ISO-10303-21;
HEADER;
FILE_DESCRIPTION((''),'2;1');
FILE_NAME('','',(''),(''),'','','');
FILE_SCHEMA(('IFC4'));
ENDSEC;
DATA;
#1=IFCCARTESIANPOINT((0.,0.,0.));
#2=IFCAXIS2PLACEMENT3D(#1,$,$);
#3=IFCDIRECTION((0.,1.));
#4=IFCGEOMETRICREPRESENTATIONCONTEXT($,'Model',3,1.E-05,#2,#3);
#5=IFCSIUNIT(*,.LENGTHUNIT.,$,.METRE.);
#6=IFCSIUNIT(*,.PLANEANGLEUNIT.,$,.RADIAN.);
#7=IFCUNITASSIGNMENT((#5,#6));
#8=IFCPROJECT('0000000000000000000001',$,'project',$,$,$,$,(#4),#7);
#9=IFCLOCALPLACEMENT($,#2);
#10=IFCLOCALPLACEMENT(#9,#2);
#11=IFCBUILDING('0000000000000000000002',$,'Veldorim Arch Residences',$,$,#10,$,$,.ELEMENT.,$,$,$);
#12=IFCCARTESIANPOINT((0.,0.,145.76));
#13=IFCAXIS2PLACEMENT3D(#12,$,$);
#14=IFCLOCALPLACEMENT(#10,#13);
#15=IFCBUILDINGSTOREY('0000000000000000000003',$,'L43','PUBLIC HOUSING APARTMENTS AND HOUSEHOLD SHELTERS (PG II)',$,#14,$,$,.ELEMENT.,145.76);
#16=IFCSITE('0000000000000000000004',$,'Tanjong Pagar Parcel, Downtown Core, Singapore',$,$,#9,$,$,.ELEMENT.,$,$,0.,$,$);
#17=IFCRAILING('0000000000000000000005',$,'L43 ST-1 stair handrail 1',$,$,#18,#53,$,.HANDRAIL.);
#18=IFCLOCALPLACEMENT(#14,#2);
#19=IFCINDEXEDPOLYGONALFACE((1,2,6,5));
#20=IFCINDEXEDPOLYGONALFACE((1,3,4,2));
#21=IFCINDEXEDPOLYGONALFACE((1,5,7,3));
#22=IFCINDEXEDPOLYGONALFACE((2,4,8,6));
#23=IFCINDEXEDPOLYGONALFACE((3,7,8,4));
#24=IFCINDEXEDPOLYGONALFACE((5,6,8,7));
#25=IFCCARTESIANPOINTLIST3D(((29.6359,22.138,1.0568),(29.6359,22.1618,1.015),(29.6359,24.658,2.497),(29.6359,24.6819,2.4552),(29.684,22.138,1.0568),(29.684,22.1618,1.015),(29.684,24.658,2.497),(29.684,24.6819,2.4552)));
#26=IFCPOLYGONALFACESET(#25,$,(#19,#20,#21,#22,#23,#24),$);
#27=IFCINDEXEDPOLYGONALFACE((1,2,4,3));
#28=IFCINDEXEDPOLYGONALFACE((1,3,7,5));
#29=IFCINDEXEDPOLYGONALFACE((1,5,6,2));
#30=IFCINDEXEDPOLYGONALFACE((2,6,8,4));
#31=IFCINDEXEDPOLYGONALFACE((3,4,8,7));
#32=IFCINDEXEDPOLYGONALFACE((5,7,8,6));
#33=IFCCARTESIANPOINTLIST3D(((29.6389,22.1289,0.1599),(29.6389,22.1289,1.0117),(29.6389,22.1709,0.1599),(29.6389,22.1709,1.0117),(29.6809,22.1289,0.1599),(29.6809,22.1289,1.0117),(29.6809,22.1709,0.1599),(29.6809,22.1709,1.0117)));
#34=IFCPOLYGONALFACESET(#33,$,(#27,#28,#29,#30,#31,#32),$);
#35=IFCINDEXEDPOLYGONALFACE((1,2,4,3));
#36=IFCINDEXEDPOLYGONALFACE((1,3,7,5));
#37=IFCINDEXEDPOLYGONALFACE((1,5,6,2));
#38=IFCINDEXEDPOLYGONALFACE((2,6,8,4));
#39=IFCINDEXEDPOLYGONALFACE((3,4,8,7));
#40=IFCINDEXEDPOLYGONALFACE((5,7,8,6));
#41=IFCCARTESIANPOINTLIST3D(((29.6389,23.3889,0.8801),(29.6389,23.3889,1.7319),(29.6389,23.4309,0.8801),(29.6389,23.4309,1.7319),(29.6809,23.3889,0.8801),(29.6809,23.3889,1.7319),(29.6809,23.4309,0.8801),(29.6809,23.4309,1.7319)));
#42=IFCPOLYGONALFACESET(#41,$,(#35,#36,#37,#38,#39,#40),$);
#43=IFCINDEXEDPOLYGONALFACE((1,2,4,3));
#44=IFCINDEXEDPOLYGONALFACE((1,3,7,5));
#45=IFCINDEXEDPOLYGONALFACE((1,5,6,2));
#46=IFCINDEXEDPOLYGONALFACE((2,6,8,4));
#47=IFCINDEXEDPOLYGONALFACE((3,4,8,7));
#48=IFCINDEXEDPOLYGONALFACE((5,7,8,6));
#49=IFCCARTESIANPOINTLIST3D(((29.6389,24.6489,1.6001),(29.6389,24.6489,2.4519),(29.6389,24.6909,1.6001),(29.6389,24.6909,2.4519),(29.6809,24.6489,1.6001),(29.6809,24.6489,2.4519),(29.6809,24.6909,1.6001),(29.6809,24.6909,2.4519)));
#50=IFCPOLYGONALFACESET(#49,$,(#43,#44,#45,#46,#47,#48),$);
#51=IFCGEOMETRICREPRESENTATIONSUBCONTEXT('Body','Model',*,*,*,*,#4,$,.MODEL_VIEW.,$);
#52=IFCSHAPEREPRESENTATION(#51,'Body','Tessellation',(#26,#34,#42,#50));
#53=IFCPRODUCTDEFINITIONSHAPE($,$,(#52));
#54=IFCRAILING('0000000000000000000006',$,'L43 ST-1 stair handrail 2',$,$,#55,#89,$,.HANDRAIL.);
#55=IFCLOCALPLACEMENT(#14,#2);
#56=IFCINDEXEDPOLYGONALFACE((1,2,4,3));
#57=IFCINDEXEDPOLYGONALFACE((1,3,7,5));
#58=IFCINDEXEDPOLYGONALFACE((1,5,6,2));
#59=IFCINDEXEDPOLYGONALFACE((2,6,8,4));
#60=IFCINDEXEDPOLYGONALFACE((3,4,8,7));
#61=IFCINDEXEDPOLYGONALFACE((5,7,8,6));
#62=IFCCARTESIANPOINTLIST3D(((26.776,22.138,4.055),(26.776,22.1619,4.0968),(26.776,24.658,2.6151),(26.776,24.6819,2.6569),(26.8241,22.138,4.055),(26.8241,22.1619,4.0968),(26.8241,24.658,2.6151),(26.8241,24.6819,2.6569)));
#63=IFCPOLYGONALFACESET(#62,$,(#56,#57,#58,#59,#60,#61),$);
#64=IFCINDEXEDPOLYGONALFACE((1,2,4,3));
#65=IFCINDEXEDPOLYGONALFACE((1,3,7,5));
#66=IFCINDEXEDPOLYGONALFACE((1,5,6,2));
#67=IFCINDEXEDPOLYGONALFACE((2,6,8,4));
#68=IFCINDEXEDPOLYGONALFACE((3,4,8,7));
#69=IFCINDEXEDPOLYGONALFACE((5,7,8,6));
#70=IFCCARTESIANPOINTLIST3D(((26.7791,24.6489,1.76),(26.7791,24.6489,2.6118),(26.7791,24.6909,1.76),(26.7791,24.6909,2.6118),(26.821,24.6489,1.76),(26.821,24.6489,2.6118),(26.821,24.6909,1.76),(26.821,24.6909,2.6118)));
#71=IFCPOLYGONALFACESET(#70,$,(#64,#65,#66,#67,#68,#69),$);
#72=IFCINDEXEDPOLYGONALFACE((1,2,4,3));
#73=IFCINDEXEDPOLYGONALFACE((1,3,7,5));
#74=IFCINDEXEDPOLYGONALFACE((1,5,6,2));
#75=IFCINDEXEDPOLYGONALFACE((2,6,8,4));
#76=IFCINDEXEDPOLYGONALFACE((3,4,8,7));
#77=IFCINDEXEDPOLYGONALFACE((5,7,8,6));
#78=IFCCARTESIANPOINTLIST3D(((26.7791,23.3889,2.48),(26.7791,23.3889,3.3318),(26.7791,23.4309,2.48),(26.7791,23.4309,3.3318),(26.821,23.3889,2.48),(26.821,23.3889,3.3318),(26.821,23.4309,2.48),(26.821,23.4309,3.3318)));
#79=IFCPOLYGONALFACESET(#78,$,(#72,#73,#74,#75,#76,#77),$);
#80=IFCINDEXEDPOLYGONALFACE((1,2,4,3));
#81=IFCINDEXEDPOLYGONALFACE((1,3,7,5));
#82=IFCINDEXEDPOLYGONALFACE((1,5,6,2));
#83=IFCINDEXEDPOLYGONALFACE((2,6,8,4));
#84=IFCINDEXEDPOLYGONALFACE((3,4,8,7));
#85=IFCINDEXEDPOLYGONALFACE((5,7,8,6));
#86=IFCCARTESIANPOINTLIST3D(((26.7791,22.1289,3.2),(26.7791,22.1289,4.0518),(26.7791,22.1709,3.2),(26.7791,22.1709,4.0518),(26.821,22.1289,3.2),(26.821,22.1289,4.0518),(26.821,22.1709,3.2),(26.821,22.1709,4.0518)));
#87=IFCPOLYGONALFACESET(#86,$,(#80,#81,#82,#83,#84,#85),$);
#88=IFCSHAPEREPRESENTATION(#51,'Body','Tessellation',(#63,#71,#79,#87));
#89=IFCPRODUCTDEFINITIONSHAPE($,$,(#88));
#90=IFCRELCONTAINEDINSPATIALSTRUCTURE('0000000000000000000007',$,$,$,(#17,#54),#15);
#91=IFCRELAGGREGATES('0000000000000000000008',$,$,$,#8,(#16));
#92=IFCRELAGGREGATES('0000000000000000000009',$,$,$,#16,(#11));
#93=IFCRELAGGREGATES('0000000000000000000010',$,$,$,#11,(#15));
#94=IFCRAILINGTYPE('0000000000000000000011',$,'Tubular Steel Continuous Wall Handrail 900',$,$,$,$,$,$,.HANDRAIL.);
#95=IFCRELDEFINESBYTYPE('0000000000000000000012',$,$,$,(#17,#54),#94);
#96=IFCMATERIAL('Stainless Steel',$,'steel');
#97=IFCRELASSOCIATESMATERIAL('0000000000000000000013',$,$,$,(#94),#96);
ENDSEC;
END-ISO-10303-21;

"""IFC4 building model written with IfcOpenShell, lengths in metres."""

from ifc_helpers import new_model, si_unit, direction, frame, origin, origin_2d, place, context, subcontext, project, spatial, rectangle, extrude, material, type_object, element, save


model = new_model("IFC4")

# Units and contexts
model_context = context("Model", 3, precision=1e-05, world=origin(), true_north=direction((0.0, 1.0)))
body_context = subcontext(model_context, "Body", "Model", "MODEL_VIEW")
ifc_project = project(units=[si_unit("LENGTHUNIT", "METRE"), si_unit("PLANEANGLEUNIT", "RADIAN")], contexts=[model_context])

# Site, building, storey
site_placement = place(None, origin())
site = spatial("IfcSite", under=ifc_project, at=site_placement, Name="Tanjong Pagar Parcel, Downtown Core, Singapore", CompositionType="ELEMENT", RefElevation=0.0)
building_placement = place(site_placement, origin())
building = spatial("IfcBuilding", under=site, at=building_placement, Name="Veldorim Arch Residences", CompositionType="ELEMENT")
storey_placement = place(building_placement, frame((0.0, 0.0, 145.76)))
storey = spatial("IfcBuildingStorey", under=building, at=storey_placement, Name="L43", Description="PUBLIC HOUSING APARTMENTS AND HOUSEHOLD SHELTERS (PG II)", CompositionType="ELEMENT", Elevation=145.76)

# Railings
ifc_material_1 = material(Name="Stainless Steel", Category="steel")
railing_type_1 = type_object("IfcRailingType", Name="Tubular Steel Continuous Wall Handrail 900", PredefinedType="HANDRAIL", material=ifc_material_1)
railing_1_placement = place(storey_placement, frame((29.6599, 22.1499, 0.1599)))
element("IfcRailing", 1, at=railing_1_placement, inside=storey, type_object=railing_type_1, Name="L43 ST-1 stair handrail 1", PredefinedType="HANDRAIL", context=body_context, shape_type="SweptSolid", body=[
    extrude(rectangle(XDim=0.0481, YDim=0.0481, at=origin_2d()), frame((0.0, 0.0, 0.876), z_axis=(0.0, 0.868217, 0.496184), x_axis=(-1.0, 0.0, 0.0)), (0.0, 0.0, 1.0), 2.9026),
    extrude(rectangle(XDim=0.042, YDim=0.042, at=origin_2d()), origin(), (0.0, 0.0, 1.0), 0.8518),
    extrude(rectangle(XDim=0.042, YDim=0.042, at=origin_2d()), frame((0.0, 1.26, 0.7202)), (0.0, 0.0, 1.0), 0.8518),
    extrude(rectangle(XDim=0.042, YDim=0.042, at=origin_2d()), frame((0.0, 2.52, 1.4402)), (0.0, 0.0, 1.0), 0.8518),
])
railing_2_placement = place(storey_placement, frame((26.8, 24.6699, 1.76)))
element("IfcRailing", 2, at=railing_2_placement, inside=storey, type_object=railing_type_1, Name="L43 ST-1 stair handrail 2", PredefinedType="HANDRAIL", context=body_context, shape_type="SweptSolid", body=[
    extrude(rectangle(XDim=0.0481, YDim=0.0481, at=origin_2d()), frame((0.0, 0.0, 0.876), z_axis=(0.0, -0.868253, 0.496121), x_axis=(1.0, 0.0, 0.0)), (0.0, 0.0, 1.0), 2.9023),
    extrude(rectangle(XDim=0.042, YDim=0.042, at=origin_2d()), origin(), (0.0, 0.0, 1.0), 0.8518),
    extrude(rectangle(XDim=0.042, YDim=0.042, at=origin_2d()), frame((0.0, -1.26, 0.72)), (0.0, 0.0, 1.0), 0.8518),
    extrude(rectangle(XDim=0.042, YDim=0.042, at=origin_2d()), frame((0.0, -2.52, 1.4399)), (0.0, 0.0, 1.0), 0.8518),
])

save(model, "model.ifc")
